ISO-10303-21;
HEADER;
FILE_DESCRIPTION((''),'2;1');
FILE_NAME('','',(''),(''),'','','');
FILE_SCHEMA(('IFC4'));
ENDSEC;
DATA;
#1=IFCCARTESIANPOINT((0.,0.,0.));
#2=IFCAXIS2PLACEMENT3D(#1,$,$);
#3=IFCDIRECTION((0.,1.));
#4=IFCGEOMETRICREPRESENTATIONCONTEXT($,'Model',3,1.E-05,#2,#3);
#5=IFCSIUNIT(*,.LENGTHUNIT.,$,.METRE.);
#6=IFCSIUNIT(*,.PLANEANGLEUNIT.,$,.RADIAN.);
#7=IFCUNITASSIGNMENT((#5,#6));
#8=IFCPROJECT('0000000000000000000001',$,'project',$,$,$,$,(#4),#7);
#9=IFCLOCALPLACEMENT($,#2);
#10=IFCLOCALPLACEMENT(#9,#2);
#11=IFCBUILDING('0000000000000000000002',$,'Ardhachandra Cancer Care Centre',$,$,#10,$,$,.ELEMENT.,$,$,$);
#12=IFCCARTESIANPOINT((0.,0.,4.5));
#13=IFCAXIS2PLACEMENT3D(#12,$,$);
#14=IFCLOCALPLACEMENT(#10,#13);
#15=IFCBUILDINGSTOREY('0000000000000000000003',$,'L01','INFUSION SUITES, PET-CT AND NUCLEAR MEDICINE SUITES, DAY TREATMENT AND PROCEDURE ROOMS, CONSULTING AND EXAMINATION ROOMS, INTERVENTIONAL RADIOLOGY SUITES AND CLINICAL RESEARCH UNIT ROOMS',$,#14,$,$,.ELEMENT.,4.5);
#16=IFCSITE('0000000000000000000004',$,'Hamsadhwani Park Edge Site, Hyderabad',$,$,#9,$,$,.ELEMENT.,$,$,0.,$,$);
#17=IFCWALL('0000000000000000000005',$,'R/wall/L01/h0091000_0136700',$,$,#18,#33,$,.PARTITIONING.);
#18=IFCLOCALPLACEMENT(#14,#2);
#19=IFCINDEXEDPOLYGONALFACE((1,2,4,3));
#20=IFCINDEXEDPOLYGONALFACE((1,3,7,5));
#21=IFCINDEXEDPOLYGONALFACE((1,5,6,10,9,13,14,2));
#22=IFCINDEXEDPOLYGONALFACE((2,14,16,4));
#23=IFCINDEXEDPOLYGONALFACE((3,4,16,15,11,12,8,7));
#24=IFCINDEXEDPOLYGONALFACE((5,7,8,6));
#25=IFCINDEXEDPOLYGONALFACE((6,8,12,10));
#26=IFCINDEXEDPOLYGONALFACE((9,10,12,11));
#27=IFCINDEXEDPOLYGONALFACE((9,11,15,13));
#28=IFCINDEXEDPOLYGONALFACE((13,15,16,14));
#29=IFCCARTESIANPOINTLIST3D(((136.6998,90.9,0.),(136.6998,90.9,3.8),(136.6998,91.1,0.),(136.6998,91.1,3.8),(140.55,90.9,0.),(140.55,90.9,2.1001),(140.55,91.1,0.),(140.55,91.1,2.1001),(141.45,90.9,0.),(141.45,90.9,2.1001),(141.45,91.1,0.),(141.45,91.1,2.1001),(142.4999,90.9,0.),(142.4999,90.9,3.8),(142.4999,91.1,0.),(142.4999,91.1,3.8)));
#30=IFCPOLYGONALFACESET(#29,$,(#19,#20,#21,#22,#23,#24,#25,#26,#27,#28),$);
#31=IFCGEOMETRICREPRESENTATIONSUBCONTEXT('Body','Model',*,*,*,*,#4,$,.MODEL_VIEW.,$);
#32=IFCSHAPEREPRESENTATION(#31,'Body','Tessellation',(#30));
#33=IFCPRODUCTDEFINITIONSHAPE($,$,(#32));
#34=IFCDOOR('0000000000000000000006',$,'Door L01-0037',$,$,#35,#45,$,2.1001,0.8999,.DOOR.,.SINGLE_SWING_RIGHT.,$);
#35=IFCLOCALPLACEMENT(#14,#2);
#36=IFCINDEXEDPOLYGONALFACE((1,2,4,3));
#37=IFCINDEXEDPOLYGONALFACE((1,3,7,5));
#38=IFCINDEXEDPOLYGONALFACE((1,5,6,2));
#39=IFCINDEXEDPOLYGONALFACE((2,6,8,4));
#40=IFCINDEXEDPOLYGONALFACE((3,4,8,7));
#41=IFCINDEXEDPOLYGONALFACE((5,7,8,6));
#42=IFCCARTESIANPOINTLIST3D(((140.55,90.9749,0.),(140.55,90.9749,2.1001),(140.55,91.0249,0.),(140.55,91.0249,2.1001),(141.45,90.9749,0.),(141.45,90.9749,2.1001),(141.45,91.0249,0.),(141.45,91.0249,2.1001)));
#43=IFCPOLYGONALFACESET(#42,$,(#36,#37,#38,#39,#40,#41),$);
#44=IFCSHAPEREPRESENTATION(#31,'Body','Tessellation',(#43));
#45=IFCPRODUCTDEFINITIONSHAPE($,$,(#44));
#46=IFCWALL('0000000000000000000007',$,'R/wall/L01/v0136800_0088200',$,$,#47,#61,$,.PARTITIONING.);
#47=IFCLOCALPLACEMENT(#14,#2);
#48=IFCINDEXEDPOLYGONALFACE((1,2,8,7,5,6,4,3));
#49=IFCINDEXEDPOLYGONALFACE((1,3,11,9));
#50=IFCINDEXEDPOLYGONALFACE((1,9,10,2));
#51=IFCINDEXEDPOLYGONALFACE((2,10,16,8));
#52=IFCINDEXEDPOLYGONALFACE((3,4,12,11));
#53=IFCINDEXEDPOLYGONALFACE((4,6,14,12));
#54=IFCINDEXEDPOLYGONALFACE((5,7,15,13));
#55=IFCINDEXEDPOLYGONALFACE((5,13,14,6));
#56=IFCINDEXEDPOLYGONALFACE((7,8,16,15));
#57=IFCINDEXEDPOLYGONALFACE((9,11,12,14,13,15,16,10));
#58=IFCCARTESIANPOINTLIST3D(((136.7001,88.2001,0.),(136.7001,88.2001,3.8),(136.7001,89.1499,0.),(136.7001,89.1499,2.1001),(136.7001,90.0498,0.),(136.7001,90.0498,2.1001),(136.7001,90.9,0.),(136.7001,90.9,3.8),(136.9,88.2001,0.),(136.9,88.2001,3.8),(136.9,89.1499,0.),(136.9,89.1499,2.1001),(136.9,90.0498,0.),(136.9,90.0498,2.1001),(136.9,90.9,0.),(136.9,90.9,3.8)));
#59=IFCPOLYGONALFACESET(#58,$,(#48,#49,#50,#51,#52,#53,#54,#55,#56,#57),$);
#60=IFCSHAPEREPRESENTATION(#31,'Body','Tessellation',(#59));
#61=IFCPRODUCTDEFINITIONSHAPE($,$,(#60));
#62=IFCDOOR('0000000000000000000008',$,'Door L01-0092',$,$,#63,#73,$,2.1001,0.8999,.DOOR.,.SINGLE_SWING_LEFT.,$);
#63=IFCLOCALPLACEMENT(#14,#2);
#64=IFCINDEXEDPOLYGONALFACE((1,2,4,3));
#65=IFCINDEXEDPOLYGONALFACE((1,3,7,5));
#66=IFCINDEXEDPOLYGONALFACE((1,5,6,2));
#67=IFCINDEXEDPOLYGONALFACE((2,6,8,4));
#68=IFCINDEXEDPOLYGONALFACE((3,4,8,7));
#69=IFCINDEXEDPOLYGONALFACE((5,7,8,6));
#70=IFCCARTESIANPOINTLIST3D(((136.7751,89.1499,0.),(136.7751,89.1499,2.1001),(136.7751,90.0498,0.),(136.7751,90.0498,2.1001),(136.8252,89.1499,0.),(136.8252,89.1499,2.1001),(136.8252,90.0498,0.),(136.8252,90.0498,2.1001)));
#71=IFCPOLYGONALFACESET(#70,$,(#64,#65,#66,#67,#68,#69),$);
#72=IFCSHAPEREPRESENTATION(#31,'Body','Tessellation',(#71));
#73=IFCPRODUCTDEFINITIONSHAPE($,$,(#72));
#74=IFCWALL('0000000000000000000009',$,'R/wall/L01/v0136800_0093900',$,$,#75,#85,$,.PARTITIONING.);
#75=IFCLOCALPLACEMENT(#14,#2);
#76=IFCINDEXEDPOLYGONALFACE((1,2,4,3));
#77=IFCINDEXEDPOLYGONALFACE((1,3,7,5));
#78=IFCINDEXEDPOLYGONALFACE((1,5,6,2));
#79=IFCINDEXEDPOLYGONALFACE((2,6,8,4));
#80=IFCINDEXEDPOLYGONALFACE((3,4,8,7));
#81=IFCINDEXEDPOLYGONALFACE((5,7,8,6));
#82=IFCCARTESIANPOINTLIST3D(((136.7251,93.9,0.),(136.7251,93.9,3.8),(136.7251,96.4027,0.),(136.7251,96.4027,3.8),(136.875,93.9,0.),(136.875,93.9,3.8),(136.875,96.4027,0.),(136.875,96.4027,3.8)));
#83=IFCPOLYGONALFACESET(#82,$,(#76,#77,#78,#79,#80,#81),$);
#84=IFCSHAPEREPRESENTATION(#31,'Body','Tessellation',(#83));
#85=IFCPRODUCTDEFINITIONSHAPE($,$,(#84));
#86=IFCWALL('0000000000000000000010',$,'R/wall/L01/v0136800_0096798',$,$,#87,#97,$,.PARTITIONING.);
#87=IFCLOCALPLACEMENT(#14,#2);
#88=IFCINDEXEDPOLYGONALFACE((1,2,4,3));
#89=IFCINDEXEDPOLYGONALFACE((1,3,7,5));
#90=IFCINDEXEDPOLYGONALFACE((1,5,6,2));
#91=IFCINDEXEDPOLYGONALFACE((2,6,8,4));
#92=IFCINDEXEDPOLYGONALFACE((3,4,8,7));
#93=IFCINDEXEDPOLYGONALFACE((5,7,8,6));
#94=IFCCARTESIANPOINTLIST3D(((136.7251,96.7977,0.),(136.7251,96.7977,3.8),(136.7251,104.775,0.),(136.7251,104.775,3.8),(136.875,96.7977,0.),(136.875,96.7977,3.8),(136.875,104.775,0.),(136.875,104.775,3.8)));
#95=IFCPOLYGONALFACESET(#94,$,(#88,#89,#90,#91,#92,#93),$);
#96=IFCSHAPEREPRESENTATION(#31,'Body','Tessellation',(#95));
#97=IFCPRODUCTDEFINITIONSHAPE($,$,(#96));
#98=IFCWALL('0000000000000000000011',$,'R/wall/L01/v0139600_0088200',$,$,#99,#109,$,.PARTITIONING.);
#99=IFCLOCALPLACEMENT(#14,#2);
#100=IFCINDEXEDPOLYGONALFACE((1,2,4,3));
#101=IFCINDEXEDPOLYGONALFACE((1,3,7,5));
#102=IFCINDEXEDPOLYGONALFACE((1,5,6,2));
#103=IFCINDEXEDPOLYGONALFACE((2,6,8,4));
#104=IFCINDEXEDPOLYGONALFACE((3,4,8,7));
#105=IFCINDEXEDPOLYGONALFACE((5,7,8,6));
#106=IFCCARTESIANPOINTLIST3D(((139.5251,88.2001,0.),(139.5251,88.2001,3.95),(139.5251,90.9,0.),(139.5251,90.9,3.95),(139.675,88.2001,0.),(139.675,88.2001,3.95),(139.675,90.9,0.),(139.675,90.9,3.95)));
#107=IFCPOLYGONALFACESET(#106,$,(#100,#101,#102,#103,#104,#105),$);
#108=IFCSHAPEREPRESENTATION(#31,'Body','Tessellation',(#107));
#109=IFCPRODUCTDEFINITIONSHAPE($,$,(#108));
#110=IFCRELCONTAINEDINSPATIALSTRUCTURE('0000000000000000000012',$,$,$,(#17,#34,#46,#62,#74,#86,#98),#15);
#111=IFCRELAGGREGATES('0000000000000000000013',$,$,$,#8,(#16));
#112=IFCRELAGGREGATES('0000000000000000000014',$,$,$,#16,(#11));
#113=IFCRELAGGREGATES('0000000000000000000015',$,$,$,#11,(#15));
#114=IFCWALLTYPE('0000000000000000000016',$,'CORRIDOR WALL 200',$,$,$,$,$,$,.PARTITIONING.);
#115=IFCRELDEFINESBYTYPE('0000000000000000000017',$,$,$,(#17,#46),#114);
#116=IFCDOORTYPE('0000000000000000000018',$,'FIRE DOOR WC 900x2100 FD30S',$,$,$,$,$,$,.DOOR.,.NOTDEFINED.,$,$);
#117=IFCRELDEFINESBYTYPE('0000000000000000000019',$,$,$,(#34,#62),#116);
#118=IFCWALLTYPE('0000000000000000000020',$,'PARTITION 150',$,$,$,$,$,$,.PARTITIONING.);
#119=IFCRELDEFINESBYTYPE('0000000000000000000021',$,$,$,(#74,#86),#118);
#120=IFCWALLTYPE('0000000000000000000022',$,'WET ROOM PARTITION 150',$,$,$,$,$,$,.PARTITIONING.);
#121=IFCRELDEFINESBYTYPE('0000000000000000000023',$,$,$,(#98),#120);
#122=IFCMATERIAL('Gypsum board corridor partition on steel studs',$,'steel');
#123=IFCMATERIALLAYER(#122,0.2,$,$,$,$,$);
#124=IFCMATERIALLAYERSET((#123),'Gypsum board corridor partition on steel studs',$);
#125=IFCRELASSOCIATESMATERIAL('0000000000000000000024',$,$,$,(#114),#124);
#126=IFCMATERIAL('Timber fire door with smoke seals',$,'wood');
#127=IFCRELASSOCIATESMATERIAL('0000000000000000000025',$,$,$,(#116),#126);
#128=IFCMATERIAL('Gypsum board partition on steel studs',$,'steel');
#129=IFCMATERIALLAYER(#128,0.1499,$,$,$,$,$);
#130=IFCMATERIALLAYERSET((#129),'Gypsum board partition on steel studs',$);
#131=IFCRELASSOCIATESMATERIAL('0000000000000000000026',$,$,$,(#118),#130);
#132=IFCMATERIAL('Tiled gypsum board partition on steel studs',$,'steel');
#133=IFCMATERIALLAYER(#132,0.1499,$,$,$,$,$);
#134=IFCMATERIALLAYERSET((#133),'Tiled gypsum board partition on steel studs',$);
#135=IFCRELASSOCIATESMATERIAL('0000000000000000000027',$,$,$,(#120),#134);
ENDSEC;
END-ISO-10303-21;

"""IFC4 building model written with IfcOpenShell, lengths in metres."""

from ifc_helpers import new_model, si_unit, direction, frame, frame_2d, origin, place, context, subcontext, project, spatial, rectangle, extrude, material, layer, layer_set, type_object, element, fill, save


model = new_model("IFC4")

# Units and contexts
model_context = context("Model", 3, precision=1e-05, world=origin(), true_north=direction((0.0, 1.0)))
body_context = subcontext(model_context, "Body", "Model", "MODEL_VIEW")
ifc_project = project(units=[si_unit("LENGTHUNIT", "METRE"), si_unit("PLANEANGLEUNIT", "RADIAN")], contexts=[model_context])

# Site, building, storey
site_placement = place(None, origin())
site = spatial("IfcSite", under=ifc_project, at=site_placement, Name="Hamsadhwani Park Edge Site, Hyderabad", CompositionType="ELEMENT", RefElevation=0.0)
building_placement = place(site_placement, origin())
building = spatial("IfcBuilding", under=site, at=building_placement, Name="Ardhachandra Cancer Care Centre", CompositionType="ELEMENT")
storey_placement = place(building_placement, frame((0.0, 0.0, 4.5)))
storey = spatial("IfcBuildingStorey", under=building, at=storey_placement, Name="L01", Description="INFUSION SUITES, PET-CT AND NUCLEAR MEDICINE SUITES, DAY TREATMENT AND PROCEDURE ROOMS, CONSULTING AND EXAMINATION ROOMS, INTERVENTIONAL RADIOLOGY SUITES AND CLINICAL RESEARCH UNIT ROOMS", CompositionType="ELEMENT", Elevation=4.5)

# Walls, openings, doors
ifc_material_1 = material(Name="Gypsum board corridor partition on steel studs", Category="steel")
ifc_layer_1 = layer(ifc_material_1, 0.2)
ifc_layer_set_1 = layer_set([ifc_layer_1], Name="Gypsum board corridor partition on steel studs")
wall_type_1 = type_object("IfcWallType", Name="CORRIDOR WALL 200", PredefinedType="PARTITIONING", material=ifc_layer_set_1)
wall_1_placement = place(storey_placement, frame((136.7, 91.0, 0.0), z_axis=(0.0, 0.0, 1.0), x_axis=(1.0, 0.0, 0.0)))
wall_1 = element("IfcWall", 1, at=wall_1_placement, inside=storey, type_object=wall_type_1, Name="R/wall/L01/h0091000_0136700", PredefinedType="PARTITIONING", context=body_context, shape_type="SweptSolid", body=[
    extrude(rectangle(XDim=5.8, YDim=0.2, at=frame_2d((2.8999, 0.0))), origin(), (0.0, 0.0, 1.0), 3.8),
])
opening_1_placement = place(wall_1_placement, frame((3.8501, 0.0, 0.0)))
opening_1 = element("IfcOpeningElement", 2, at=opening_1_placement, cuts=wall_1, PredefinedType="OPENING", context=body_context, shape_type="SweptSolid", body=[
    extrude(rectangle(XDim=0.8999, YDim=2.1001, at=frame_2d((0.45, 1.05))), frame((0.0, 0.1099, 0.0), z_axis=(0.0, -1.0, 0.0), x_axis=(1.0, 0.0, 0.0)), (0.0, 0.0, 1.0), 0.22),
])
ifc_material_2 = material(Name="Timber fire door with smoke seals", Category="wood")
door_type = type_object("IfcDoorType", Name="FIRE DOOR WC 900x2100 FD30S", OperationType="NOTDEFINED", PredefinedType="DOOR", material=ifc_material_2)
door_1_placement = place(opening_1_placement, origin())
door_1 = element("IfcDoor", 3, at=door_1_placement, inside=storey, type_object=door_type, Name="Door L01-0037", OperationType="SINGLE_SWING_RIGHT", OverallHeight=2.1001, OverallWidth=0.8999, PredefinedType="DOOR", context=body_context, shape_type="SweptSolid", body=[
    extrude(rectangle(XDim=0.8999, YDim=2.1001, at=frame_2d((0.45, 1.05))), frame((0.0, 0.0249, 0.0), z_axis=(0.0, -1.0, 0.0), x_axis=(1.0, 0.0, 0.0)), (0.0, 0.0, 1.0), 0.05),
])
fill(opening_1, door_1)
wall_2_placement = place(storey_placement, frame((136.8, 88.2, 0.0), z_axis=(0.0, 0.0, 1.0), x_axis=(0.0, 1.0, 0.0)))
wall_2 = element("IfcWall", 4, at=wall_2_placement, inside=storey, type_object=wall_type_1, Name="R/wall/L01/v0136800_0088200", PredefinedType="PARTITIONING", context=body_context, shape_type="SweptSolid", body=[
    extrude(rectangle(XDim=2.7, YDim=0.2, at=frame_2d((1.3501, 0.0))), origin(), (0.0, 0.0, 1.0), 3.8),
])
opening_2_placement = place(wall_2_placement, frame((0.95, 0.0, 0.0)))
opening_2 = element("IfcOpeningElement", 5, at=opening_2_placement, cuts=wall_2, PredefinedType="OPENING", context=body_context, shape_type="SweptSolid", body=[
    extrude(rectangle(XDim=0.8999, YDim=2.1001, at=frame_2d((0.45, 1.05))), frame((0.0, 0.1099, 0.0), z_axis=(0.0, -1.0, 0.0), x_axis=(1.0, 0.0, 0.0)), (0.0, 0.0, 1.0), 0.22),
])
door_2_placement = place(opening_2_placement, origin())
door_2 = element("IfcDoor", 6, at=door_2_placement, inside=storey, type_object=door_type, Name="Door L01-0092", OperationType="SINGLE_SWING_LEFT", OverallHeight=2.1001, OverallWidth=0.8999, PredefinedType="DOOR", context=body_context, shape_type="SweptSolid", body=[
    extrude(rectangle(XDim=0.8999, YDim=2.1001, at=frame_2d((0.45, 1.05))), frame((0.0, 0.0249, 0.0), z_axis=(0.0, -1.0, 0.0), x_axis=(1.0, 0.0, 0.0)), (0.0, 0.0, 1.0), 0.05),
])
fill(opening_2, door_2)

# Walls
ifc_material_3 = material(Name="Gypsum board partition on steel studs", Category="steel")
ifc_layer_2 = layer(ifc_material_3, 0.1499)
ifc_layer_set_2 = layer_set([ifc_layer_2], Name="Gypsum board partition on steel studs")
wall_type_2 = type_object("IfcWallType", Name="PARTITION 150", PredefinedType="PARTITIONING", material=ifc_layer_set_2)
wall_3_placement = place(storey_placement, frame((136.8, 93.8999, 0.0), z_axis=(0.0, 0.0, 1.0), x_axis=(0.0, 1.0, 0.0)))
element("IfcWall", 7, at=wall_3_placement, inside=storey, type_object=wall_type_2, Name="R/wall/L01/v0136800_0093900", PredefinedType="PARTITIONING", context=body_context, shape_type="SweptSolid", body=[
    extrude(rectangle(XDim=2.5027, YDim=0.1499, at=frame_2d((1.2515, 0.0))), origin(), (0.0, 0.0, 1.0), 3.8),
])
wall_4_placement = place(storey_placement, frame((136.8, 96.7976, 0.0), z_axis=(0.0, 0.0, 1.0), x_axis=(0.0, 1.0, 0.0)))
element("IfcWall", 8, at=wall_4_placement, inside=storey, type_object=wall_type_2, Name="R/wall/L01/v0136800_0096798", PredefinedType="PARTITIONING", context=body_context, shape_type="SweptSolid", body=[
    extrude(rectangle(XDim=7.9773, YDim=0.1499, at=frame_2d((3.9888, 0.0))), origin(), (0.0, 0.0, 1.0), 3.8),
])
ifc_material_4 = material(Name="Tiled gypsum board partition on steel studs", Category="steel")
ifc_layer_3 = layer(ifc_material_4, 0.1499)
ifc_layer_set_3 = layer_set([ifc_layer_3], Name="Tiled gypsum board partition on steel studs")
wall_type_3 = type_object("IfcWallType", Name="WET ROOM PARTITION 150", PredefinedType="PARTITIONING", material=ifc_layer_set_3)
wall_5_placement = place(storey_placement, frame((139.6001, 88.2, 0.0), z_axis=(0.0, 0.0, 1.0), x_axis=(0.0, 1.0, 0.0)))
element("IfcWall", 9, at=wall_5_placement, inside=storey, type_object=wall_type_3, Name="R/wall/L01/v0139600_0088200", PredefinedType="PARTITIONING", context=body_context, shape_type="SweptSolid", body=[
    extrude(rectangle(XDim=2.7, YDim=0.1499, at=frame_2d((1.3501, 0.0))), origin(), (0.0, 0.0, 1.0), 3.95),
])

save(model, "model.ifc")
